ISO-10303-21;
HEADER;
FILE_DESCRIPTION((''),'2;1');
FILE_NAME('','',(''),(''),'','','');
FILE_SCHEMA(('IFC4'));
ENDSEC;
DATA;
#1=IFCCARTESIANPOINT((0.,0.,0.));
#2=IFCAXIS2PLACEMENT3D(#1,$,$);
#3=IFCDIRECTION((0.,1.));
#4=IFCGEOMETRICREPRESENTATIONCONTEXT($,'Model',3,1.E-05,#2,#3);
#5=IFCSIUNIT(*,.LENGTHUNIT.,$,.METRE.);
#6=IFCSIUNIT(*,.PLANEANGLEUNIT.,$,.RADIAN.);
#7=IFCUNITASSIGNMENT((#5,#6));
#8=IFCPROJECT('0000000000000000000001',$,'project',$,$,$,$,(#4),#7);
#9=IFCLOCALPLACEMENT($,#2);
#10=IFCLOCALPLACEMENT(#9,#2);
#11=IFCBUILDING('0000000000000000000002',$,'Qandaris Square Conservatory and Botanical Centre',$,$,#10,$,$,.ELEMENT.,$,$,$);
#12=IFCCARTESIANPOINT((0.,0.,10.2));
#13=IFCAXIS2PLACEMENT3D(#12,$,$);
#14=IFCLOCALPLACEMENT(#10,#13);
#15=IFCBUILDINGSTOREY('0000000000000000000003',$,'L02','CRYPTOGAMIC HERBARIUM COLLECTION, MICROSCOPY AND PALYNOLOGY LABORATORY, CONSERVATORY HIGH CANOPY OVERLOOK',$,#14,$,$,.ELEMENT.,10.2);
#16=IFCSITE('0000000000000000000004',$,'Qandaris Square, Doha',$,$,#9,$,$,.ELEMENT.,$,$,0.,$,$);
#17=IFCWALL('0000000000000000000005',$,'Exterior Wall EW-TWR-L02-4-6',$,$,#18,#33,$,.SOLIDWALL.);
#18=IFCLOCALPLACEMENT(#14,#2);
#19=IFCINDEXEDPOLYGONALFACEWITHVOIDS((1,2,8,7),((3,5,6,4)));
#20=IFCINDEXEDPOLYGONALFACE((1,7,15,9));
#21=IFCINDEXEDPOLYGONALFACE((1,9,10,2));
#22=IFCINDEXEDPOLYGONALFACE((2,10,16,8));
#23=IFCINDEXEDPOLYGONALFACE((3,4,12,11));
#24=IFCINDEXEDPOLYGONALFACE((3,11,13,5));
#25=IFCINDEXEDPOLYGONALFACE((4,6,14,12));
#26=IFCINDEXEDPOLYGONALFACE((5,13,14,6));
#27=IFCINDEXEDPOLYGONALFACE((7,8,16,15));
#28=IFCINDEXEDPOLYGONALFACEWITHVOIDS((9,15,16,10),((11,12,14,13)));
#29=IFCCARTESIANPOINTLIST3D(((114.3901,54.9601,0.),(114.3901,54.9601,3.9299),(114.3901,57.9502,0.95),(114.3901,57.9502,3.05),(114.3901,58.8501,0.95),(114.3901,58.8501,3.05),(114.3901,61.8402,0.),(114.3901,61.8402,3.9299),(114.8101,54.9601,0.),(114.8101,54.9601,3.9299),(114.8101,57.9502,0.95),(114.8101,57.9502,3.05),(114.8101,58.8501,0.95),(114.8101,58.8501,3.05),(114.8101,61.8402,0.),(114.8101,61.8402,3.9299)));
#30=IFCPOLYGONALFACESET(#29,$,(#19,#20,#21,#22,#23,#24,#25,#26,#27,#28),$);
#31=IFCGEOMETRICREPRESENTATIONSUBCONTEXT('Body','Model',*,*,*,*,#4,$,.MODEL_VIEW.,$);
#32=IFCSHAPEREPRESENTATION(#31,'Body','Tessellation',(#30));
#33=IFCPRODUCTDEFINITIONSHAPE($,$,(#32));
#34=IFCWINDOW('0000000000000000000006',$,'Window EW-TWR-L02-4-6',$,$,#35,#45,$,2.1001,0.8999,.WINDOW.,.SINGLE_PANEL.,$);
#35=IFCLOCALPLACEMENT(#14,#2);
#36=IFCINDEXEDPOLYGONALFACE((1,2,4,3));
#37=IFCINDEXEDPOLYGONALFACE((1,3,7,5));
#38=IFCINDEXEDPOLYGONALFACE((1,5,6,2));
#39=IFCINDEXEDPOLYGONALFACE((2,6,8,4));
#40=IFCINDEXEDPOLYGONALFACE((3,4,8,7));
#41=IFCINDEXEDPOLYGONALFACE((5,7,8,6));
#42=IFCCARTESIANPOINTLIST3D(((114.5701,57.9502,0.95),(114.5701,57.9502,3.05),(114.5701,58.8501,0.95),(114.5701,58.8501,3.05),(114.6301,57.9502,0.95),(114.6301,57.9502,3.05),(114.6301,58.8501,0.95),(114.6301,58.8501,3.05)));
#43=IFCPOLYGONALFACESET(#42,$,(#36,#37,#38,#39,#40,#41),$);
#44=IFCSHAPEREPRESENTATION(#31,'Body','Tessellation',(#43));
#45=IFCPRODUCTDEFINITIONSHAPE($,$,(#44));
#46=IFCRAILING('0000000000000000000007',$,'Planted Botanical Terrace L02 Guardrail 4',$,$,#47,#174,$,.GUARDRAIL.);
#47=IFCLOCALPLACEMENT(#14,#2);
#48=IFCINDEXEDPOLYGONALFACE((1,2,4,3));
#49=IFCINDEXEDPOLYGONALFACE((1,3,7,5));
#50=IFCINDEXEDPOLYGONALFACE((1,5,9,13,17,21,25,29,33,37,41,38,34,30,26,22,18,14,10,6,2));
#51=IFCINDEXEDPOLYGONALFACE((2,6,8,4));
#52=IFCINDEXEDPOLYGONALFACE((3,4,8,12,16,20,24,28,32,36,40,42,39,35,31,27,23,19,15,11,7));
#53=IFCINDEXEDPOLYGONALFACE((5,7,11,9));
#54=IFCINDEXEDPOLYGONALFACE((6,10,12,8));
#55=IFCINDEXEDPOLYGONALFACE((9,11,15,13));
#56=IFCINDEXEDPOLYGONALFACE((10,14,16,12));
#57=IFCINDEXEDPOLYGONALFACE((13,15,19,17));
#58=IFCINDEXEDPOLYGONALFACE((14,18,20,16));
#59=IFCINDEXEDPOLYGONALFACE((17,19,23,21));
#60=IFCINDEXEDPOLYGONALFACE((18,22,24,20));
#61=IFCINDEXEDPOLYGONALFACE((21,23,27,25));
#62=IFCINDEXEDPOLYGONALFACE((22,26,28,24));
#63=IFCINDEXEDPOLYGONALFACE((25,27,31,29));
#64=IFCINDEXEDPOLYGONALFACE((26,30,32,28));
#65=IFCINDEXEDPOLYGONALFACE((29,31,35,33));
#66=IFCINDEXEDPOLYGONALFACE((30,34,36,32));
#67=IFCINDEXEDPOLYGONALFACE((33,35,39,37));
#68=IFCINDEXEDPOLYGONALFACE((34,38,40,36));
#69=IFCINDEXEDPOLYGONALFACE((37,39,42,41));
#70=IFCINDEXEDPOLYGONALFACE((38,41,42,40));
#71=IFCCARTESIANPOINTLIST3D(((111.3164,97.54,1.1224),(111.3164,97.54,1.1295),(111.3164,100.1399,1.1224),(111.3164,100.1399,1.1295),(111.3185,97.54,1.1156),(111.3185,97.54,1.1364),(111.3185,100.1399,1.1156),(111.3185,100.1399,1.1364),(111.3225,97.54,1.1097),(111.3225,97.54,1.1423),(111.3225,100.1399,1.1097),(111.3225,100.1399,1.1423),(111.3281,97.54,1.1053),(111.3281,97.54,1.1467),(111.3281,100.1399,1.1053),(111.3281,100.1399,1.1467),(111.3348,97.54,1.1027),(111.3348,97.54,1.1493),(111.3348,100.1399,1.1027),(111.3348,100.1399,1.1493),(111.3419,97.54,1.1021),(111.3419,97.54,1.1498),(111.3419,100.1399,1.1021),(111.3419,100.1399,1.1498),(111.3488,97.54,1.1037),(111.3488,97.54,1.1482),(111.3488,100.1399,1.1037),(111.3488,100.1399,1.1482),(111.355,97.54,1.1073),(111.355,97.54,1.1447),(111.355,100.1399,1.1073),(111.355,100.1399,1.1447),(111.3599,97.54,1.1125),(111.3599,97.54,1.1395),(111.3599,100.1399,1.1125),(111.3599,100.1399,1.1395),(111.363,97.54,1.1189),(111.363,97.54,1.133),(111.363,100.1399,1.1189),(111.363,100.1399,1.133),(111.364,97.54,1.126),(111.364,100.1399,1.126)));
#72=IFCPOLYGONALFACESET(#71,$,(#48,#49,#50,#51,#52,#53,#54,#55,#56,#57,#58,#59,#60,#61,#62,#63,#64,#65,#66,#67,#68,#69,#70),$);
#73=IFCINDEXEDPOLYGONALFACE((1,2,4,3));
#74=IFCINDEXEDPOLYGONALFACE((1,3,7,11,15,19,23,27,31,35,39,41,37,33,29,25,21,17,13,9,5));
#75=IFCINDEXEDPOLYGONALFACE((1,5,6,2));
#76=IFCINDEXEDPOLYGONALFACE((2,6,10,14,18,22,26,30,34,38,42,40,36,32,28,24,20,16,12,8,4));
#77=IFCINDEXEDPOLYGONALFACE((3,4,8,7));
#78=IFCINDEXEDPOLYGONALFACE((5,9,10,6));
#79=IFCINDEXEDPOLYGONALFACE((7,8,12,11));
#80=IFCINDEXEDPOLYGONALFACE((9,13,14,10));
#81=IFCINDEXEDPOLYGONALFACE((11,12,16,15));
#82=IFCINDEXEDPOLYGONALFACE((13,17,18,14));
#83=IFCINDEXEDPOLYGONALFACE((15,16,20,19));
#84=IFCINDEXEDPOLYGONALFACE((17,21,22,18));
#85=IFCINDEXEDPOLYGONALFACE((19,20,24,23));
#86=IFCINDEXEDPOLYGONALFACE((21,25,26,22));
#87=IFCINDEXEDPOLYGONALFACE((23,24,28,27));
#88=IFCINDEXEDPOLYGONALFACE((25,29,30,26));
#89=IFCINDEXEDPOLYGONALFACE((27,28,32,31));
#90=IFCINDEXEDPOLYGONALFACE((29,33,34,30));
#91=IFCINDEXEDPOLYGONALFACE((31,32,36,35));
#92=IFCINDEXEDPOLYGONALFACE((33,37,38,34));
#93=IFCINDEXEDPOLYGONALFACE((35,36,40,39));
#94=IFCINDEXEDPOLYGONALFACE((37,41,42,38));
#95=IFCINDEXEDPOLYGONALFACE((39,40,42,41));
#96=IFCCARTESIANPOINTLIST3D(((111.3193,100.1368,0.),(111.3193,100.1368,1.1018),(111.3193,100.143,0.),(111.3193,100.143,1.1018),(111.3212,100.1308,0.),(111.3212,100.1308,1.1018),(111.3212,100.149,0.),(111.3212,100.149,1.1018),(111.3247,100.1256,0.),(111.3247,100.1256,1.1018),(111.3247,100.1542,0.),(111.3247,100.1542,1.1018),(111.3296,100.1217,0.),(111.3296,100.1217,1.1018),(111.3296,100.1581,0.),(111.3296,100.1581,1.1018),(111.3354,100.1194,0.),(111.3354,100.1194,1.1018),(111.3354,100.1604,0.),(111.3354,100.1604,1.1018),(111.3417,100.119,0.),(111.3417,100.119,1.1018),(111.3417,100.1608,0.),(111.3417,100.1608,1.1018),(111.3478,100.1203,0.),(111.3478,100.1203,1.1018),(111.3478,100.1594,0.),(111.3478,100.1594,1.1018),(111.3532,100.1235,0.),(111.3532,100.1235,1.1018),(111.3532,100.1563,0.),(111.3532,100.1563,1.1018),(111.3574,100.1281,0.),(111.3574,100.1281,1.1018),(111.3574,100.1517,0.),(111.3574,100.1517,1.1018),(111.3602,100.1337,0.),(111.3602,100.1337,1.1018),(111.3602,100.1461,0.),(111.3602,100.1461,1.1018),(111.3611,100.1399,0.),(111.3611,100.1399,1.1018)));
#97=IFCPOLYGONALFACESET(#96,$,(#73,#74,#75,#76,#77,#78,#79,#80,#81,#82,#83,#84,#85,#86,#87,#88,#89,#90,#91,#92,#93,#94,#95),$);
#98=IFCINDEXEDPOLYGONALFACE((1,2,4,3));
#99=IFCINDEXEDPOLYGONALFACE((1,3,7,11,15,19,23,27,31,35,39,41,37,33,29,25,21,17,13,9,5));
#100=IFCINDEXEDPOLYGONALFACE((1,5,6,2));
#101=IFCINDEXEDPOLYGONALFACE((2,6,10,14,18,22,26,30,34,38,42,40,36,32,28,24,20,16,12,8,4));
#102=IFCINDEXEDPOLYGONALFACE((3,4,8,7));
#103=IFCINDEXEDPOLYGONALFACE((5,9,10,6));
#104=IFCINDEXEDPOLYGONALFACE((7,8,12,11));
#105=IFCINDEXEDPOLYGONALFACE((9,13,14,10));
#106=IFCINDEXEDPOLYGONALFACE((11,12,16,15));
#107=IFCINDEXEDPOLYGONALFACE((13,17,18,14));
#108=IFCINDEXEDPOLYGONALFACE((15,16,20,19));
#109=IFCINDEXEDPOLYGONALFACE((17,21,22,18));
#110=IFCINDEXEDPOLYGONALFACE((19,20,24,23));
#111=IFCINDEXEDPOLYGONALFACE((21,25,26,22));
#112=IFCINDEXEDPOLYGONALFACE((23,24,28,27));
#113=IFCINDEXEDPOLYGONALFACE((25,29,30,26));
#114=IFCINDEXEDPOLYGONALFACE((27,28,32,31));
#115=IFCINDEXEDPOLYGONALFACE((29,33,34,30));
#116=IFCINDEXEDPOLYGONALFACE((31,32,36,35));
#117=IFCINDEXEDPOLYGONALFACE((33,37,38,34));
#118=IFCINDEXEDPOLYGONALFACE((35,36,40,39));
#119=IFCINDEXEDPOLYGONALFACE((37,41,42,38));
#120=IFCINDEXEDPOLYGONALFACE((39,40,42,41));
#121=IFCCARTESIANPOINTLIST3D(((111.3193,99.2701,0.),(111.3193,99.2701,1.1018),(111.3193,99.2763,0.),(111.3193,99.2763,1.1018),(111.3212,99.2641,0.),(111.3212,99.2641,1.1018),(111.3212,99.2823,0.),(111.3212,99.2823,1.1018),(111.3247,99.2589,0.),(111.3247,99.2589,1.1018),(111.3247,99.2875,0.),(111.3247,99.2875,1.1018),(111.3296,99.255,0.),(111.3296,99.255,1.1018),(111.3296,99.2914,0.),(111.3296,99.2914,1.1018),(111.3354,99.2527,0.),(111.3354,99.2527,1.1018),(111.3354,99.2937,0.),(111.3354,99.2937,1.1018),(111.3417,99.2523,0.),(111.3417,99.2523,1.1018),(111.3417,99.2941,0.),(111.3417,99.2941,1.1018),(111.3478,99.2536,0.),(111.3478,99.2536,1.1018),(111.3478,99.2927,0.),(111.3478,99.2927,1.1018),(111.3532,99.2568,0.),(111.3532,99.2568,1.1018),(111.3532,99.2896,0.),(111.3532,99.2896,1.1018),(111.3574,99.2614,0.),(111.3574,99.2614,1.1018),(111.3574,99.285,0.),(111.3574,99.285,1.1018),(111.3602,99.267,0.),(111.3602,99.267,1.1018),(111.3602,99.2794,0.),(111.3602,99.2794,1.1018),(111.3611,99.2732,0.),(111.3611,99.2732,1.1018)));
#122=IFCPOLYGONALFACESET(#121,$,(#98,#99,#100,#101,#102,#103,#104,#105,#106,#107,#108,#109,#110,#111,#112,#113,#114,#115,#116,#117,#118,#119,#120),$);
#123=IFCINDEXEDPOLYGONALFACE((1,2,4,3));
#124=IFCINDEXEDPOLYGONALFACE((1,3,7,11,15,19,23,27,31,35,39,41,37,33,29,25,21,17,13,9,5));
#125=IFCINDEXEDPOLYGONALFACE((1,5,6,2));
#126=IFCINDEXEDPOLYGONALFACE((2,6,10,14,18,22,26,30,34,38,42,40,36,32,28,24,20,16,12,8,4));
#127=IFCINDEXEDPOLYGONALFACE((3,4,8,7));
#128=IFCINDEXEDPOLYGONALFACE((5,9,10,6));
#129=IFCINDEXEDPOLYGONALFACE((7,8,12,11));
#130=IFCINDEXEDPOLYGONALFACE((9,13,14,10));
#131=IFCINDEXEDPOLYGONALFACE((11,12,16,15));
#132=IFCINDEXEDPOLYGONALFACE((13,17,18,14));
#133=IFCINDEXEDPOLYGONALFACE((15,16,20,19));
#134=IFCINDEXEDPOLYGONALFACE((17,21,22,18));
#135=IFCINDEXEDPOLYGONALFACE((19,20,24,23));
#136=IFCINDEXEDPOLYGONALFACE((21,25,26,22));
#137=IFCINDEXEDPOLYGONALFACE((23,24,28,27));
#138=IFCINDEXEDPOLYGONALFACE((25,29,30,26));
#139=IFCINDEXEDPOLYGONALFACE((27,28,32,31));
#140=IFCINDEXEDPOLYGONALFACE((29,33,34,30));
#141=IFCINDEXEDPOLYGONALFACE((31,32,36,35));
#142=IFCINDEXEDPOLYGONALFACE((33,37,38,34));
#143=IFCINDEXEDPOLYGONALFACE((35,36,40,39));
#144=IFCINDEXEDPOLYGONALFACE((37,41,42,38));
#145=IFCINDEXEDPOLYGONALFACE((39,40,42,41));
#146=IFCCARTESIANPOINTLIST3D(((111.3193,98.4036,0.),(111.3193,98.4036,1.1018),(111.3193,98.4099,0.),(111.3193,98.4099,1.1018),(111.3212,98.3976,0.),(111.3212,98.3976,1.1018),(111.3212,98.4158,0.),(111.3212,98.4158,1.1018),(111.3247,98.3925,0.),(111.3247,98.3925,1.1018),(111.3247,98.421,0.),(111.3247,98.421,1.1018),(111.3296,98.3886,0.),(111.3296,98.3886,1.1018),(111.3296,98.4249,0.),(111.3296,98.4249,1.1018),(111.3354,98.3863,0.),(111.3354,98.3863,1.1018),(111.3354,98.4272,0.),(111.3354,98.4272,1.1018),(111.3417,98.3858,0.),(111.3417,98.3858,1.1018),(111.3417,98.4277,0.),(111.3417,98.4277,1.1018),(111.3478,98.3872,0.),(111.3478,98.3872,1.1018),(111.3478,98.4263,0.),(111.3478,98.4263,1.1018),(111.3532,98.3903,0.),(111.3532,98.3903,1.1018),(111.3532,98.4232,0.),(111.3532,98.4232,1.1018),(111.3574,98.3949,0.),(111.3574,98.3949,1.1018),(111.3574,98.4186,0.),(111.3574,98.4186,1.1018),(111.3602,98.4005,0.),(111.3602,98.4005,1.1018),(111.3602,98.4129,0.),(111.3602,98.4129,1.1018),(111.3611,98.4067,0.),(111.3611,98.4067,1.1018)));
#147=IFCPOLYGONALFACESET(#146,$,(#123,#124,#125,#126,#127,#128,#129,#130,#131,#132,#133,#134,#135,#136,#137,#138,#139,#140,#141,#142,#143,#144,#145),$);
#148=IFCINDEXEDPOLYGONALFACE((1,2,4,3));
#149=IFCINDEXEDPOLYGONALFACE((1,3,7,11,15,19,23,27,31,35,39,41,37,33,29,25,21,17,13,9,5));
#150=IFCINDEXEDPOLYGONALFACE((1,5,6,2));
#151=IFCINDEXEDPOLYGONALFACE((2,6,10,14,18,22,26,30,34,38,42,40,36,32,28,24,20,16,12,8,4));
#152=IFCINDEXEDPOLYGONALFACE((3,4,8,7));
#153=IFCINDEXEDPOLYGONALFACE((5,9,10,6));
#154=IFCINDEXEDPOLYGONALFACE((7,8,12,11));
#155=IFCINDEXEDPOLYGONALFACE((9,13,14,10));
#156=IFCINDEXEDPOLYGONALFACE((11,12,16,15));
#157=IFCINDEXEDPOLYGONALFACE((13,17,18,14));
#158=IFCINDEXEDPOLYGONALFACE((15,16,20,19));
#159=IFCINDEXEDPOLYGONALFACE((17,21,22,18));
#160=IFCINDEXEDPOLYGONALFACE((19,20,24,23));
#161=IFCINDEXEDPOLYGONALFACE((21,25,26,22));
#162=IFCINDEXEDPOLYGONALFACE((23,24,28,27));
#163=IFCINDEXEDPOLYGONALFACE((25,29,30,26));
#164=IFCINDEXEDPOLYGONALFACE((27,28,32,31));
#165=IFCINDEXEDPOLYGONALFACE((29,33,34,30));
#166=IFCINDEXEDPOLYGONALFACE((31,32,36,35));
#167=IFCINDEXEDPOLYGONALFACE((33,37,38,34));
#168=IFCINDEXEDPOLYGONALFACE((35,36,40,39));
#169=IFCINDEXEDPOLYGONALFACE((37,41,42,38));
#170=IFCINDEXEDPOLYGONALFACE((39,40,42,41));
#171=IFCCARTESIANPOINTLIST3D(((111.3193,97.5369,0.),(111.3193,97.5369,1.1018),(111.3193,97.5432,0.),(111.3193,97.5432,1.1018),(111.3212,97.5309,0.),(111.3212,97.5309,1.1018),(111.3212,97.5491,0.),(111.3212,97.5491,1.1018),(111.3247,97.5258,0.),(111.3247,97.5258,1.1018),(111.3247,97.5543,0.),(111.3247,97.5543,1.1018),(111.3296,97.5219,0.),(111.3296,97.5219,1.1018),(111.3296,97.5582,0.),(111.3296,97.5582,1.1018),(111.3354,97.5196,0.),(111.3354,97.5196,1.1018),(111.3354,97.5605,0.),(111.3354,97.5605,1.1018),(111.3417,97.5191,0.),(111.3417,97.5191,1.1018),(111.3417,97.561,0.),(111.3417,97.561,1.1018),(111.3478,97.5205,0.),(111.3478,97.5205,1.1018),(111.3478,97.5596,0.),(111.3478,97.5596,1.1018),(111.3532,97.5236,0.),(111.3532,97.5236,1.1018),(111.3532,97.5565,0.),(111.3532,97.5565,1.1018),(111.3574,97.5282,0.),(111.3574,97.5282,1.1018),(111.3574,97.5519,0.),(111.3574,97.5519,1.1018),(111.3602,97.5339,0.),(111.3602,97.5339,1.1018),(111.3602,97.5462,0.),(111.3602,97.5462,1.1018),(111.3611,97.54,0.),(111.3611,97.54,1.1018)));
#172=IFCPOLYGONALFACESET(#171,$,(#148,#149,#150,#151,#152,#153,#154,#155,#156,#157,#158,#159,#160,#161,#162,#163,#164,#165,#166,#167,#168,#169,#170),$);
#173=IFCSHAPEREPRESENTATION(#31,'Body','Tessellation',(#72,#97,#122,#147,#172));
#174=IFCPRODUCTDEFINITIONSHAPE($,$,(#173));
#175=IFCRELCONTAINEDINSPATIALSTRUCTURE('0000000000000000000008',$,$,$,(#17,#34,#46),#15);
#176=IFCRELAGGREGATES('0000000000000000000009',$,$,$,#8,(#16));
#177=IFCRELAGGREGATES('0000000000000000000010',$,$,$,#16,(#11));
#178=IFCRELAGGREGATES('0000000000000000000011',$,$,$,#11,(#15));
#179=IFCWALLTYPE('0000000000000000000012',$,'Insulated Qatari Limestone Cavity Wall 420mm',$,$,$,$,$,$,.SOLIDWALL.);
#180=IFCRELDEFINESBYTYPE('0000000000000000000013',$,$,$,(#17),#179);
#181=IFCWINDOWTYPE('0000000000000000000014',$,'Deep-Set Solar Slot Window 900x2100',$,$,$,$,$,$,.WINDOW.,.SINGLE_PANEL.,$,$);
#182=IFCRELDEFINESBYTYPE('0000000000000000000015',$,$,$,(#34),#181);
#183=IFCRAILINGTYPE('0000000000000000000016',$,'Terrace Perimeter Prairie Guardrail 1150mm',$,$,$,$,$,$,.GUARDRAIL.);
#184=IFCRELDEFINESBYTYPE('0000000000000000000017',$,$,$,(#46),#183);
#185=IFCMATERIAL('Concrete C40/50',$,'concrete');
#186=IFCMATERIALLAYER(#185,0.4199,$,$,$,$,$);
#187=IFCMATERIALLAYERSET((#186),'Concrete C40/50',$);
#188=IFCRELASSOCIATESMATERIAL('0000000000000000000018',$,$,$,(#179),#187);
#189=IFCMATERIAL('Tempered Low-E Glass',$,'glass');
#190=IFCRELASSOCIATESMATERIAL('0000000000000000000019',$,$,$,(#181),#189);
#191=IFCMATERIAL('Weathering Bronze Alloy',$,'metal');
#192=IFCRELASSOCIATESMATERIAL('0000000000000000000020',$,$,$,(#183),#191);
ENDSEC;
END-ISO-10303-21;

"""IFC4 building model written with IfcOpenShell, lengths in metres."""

from ifc_helpers import new_model, si_unit, direction, frame, frame_2d, origin, origin_2d, place, context, subcontext, project, spatial, rectangle, circle, extrude, material, layer, layer_set, type_object, element, fill, save


model = new_model("IFC4")

# Units and contexts
model_context = context("Model", 3, precision=1e-05, world=origin(), true_north=direction((0.0, 1.0)))
body_context = subcontext(model_context, "Body", "Model", "MODEL_VIEW")
ifc_project = project(units=[si_unit("LENGTHUNIT", "METRE"), si_unit("PLANEANGLEUNIT", "RADIAN")], contexts=[model_context])

# Site, building, storey
site_placement = place(None, origin())
site = spatial("IfcSite", under=ifc_project, at=site_placement, Name="Qandaris Square, Doha", CompositionType="ELEMENT", RefElevation=0.0)
building_placement = place(site_placement, origin())
building = spatial("IfcBuilding", under=site, at=building_placement, Name="Qandaris Square Conservatory and Botanical Centre", CompositionType="ELEMENT")
storey_placement = place(building_placement, frame((0.0, 0.0, 10.2)))
storey = spatial("IfcBuildingStorey", under=building, at=storey_placement, Name="L02", Description="CRYPTOGAMIC HERBARIUM COLLECTION, MICROSCOPY AND PALYNOLOGY LABORATORY, CONSERVATORY HIGH CANOPY OVERLOOK", CompositionType="ELEMENT", Elevation=10.2)

# Shared definitions
ifc_material_1 = material(Name="Concrete C40/50", Category="concrete")

# Shared definitions
ifc_material_2 = material(Name="Tempered Low-E Glass", Category="glass")

# Shared definitions
ifc_material_3 = material(Name="Weathering Bronze Alloy", Category="metal")

# Wall, opening, window
ifc_layer_1 = layer(ifc_material_1, 0.4199)
ifc_layer_set_1 = layer_set([ifc_layer_1], Name="Concrete C40/50")
wall_type = type_object("IfcWallType", Name="Insulated Qatari Limestone Cavity Wall 420mm", PredefinedType="SOLIDWALL", material=ifc_layer_set_1)
wall_placement = place(storey_placement, frame((114.6001, 61.8401, 0.0), z_axis=(0.0, 0.0, 1.0), x_axis=(0.0, -1.0, 0.0)))
wall = element("IfcWall", 1, at=wall_placement, inside=storey, type_object=wall_type, Name="Exterior Wall EW-TWR-L02-4-6", PredefinedType="SOLIDWALL", context=body_context, shape_type="SweptSolid", body=[
    extrude(rectangle(XDim=6.8801, YDim=0.4199, at=frame_2d((3.4399, 0.0))), origin(), (0.0, 0.0, 1.0), 3.9299),
])
opening_placement = place(wall_placement, frame((2.99, 0.0, 0.95)))
opening = element("IfcOpeningElement", 2, at=opening_placement, cuts=wall, PredefinedType="OPENING", context=body_context, shape_type="SweptSolid", body=[
    extrude(rectangle(XDim=0.8999, YDim=2.1001, at=frame_2d((0.45, 1.05))), frame((0.0, 0.2219, 0.0), z_axis=(0.0, -1.0, 0.0), x_axis=(1.0, 0.0, 0.0)), (0.0, 0.0, 1.0), 0.4438),
])
window_type = type_object("IfcWindowType", Name="Deep-Set Solar Slot Window 900x2100", PartitioningType="SINGLE_PANEL", PredefinedType="WINDOW", material=ifc_material_2)
window_placement = place(opening_placement, origin())
window = element("IfcWindow", 3, at=window_placement, inside=storey, type_object=window_type, Name="Window EW-TWR-L02-4-6", OverallHeight=2.1001, OverallWidth=0.8999, PartitioningType="SINGLE_PANEL", PredefinedType="WINDOW", context=body_context, shape_type="SweptSolid", body=[
    extrude(rectangle(XDim=0.8999, YDim=2.1001, at=frame_2d((0.45, 1.05))), frame((0.0, 0.03, 0.0), z_axis=(0.0, -1.0, 0.0), x_axis=(1.0, 0.0, 0.0)), (0.0, 0.0, 1.0), 0.0601),
])
fill(opening, window)

# Railing
railing_type = type_object("IfcRailingType", Name="Terrace Perimeter Prairie Guardrail 1150mm", PredefinedType="GUARDRAIL", material=ifc_material_3)
railing_1_placement = place(storey_placement, frame((111.3401, 100.1399, 0.0)))
element("IfcRailing", 4, at=railing_1_placement, inside=storey, type_object=railing_type, Name="Planted Botanical Terrace L02 Guardrail 4", PredefinedType="GUARDRAIL", context=body_context, shape_type="SweptSolid", body=[
    extrude(circle(Radius=0.0239, at=origin_2d()), frame((0.0, 0.0, 1.126), z_axis=(0.0, -1.0, 0.0), x_axis=(1.0, 0.0, 0.0)), (0.0, 0.0, 1.0), 2.5999),
    extrude(circle(Radius=0.021, at=origin_2d()), origin(), (0.0, 0.0, 1.0), 1.1018),
    extrude(circle(Radius=0.021, at=origin_2d()), frame((0.0, -0.8667, 0.0)), (0.0, 0.0, 1.0), 1.1018),
    extrude(circle(Radius=0.021, at=origin_2d()), frame((0.0, -1.7332, 0.0)), (0.0, 0.0, 1.0), 1.1018),
    extrude(circle(Radius=0.021, at=origin_2d()), frame((0.0, -2.5999, 0.0)), (0.0, 0.0, 1.0), 1.1018),
])

save(model, "model.ifc")
